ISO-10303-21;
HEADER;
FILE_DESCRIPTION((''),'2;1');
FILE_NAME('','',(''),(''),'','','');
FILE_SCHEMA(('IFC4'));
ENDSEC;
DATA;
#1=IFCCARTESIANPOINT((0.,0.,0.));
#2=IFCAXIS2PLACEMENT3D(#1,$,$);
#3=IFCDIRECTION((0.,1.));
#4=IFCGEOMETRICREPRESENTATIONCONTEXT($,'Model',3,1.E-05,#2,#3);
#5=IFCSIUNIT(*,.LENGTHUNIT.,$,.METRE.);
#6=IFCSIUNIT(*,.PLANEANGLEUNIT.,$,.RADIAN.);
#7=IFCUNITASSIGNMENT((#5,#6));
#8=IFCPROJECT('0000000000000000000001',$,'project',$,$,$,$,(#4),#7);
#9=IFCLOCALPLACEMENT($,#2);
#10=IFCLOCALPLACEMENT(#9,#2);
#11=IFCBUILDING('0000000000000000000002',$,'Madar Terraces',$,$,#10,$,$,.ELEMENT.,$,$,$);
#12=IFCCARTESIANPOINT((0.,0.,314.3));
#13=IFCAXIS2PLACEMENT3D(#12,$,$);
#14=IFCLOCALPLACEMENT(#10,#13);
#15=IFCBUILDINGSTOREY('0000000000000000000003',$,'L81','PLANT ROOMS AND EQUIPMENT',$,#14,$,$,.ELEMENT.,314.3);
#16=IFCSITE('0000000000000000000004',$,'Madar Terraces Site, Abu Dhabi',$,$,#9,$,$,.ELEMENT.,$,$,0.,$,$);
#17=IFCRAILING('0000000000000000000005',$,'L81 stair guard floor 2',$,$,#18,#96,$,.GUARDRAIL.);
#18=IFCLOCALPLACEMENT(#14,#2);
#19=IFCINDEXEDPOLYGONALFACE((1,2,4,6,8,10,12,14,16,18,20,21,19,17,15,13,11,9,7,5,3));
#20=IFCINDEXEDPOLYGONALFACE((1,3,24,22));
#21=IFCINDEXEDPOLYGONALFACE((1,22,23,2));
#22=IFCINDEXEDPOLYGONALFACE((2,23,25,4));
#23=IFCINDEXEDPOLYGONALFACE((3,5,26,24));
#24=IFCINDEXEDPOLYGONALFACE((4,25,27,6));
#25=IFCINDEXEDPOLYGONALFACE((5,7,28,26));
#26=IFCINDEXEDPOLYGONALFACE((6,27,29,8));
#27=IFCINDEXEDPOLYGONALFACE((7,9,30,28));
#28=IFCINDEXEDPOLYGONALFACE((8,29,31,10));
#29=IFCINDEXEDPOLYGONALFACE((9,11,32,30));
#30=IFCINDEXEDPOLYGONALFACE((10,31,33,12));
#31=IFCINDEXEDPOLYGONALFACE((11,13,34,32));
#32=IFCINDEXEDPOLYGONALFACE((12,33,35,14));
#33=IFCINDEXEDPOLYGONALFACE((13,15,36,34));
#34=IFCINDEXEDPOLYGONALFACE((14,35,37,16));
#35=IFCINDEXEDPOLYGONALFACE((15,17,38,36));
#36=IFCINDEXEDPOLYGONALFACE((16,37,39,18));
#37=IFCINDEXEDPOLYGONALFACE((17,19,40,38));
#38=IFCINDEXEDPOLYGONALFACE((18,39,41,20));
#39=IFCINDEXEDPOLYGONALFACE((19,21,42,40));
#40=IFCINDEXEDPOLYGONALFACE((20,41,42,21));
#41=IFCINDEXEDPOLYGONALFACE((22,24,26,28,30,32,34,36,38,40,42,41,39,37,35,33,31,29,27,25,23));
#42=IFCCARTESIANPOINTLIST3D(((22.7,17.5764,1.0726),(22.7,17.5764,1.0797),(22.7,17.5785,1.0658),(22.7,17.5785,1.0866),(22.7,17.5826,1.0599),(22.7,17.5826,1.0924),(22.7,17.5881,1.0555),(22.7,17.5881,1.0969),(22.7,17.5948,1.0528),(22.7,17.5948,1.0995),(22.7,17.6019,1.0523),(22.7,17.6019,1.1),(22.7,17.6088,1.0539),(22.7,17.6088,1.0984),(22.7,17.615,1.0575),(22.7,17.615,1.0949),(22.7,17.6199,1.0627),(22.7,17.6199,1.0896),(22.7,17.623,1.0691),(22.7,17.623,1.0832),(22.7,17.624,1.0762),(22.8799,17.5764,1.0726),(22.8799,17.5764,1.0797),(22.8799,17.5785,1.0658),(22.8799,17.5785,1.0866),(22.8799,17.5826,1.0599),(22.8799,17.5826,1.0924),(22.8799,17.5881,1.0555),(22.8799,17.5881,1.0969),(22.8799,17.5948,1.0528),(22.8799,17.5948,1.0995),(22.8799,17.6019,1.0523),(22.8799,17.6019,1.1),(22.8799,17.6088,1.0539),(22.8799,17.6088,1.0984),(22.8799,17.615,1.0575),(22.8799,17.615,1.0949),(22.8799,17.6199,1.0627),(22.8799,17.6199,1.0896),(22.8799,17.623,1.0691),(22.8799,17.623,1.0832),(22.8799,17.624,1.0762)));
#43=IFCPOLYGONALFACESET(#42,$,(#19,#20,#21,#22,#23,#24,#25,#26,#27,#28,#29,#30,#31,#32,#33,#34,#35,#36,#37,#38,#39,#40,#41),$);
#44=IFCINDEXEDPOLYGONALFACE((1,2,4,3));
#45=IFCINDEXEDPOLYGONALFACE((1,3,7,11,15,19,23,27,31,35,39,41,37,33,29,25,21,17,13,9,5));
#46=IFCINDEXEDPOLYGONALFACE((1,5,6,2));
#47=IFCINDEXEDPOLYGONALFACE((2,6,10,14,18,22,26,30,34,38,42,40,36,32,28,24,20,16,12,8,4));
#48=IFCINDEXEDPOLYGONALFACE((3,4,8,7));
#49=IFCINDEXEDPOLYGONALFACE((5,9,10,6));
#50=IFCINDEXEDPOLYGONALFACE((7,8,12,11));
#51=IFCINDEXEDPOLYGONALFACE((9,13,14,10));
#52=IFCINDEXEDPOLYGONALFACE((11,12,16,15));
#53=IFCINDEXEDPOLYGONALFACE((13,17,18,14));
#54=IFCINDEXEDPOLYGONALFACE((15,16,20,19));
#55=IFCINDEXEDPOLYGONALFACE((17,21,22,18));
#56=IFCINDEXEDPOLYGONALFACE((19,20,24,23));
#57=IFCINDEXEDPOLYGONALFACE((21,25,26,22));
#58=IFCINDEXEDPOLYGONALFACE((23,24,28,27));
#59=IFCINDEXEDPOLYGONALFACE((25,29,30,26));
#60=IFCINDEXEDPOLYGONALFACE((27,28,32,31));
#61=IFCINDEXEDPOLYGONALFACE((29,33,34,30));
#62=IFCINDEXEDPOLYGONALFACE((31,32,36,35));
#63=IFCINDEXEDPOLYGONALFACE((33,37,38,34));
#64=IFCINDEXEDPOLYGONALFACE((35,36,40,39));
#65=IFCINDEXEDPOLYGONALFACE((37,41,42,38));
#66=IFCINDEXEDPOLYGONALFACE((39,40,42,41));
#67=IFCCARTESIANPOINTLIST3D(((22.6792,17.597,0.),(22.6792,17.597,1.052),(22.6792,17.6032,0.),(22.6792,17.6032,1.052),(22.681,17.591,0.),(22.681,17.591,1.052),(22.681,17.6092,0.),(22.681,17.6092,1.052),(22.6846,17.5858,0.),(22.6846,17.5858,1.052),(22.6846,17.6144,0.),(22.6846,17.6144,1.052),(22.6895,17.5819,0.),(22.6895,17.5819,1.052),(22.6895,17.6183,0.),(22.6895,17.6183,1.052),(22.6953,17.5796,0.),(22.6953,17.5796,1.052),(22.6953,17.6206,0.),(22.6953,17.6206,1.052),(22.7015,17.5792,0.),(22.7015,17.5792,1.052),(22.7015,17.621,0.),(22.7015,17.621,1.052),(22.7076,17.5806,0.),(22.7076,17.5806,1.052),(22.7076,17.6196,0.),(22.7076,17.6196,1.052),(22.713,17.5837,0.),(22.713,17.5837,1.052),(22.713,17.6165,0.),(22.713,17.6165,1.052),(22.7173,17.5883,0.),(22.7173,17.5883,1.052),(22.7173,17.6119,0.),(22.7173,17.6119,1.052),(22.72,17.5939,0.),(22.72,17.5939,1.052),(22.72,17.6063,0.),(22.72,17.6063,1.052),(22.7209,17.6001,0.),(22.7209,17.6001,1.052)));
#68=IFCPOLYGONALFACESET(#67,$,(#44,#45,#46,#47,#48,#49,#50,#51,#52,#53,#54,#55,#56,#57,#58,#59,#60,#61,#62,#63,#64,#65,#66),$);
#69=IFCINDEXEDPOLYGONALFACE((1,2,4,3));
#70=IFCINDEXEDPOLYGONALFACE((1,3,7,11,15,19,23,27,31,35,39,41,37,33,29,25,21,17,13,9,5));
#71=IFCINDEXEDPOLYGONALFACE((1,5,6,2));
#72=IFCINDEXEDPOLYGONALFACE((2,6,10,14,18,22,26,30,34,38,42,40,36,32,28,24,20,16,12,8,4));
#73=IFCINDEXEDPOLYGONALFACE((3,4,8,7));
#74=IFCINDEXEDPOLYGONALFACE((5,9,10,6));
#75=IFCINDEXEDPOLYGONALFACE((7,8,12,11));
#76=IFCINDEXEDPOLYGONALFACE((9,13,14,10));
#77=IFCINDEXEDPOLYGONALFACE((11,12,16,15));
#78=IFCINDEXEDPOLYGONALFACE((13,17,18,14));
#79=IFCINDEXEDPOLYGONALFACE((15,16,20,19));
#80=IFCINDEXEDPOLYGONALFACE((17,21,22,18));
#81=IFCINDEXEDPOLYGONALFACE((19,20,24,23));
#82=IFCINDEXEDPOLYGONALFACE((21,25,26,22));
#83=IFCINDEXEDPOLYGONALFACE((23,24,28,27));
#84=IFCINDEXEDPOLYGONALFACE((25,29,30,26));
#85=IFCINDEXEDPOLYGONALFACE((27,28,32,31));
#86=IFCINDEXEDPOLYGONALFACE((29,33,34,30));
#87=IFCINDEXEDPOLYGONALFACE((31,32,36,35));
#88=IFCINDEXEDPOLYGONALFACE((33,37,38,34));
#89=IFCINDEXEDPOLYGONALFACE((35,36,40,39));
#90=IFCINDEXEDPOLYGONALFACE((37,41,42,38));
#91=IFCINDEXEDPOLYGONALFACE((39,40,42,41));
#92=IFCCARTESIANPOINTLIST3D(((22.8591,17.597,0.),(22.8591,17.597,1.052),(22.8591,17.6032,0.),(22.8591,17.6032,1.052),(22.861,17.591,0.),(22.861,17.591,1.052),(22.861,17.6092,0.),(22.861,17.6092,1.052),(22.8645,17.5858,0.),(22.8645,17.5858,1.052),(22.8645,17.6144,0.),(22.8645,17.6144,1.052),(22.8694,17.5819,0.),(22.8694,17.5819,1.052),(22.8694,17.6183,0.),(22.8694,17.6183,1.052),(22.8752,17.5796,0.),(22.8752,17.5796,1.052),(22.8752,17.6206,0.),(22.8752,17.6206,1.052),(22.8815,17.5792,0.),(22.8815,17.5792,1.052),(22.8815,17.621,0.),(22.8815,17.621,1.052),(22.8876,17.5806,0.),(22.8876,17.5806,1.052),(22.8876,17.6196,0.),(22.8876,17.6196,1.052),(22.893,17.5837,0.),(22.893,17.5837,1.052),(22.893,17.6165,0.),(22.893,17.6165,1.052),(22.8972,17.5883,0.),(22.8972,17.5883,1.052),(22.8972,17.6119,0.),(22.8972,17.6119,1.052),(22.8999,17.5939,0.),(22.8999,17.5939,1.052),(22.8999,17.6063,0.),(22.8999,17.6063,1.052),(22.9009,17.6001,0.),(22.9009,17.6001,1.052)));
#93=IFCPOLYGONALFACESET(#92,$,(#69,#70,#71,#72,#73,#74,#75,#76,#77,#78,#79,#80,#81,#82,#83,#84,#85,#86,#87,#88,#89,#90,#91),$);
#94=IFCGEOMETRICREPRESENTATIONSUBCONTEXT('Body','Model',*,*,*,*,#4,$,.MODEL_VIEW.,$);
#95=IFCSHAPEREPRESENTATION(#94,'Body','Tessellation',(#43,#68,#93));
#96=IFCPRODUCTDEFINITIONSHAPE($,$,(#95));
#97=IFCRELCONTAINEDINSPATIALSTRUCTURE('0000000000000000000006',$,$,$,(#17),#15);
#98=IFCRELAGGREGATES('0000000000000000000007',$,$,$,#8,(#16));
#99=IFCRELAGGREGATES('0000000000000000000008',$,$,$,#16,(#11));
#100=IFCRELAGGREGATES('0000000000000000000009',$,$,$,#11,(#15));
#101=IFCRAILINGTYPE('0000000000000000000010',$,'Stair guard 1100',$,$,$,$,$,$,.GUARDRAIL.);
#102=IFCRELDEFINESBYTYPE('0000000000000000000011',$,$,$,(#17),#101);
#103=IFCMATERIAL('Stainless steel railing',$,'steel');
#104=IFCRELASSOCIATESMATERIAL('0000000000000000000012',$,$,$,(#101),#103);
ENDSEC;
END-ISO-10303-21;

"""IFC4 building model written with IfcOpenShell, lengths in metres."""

from ifc_helpers import new_model, si_unit, direction, frame, origin, origin_2d, place, context, subcontext, project, spatial, circle, extrude, material, type_object, element, save


model = new_model("IFC4")

# Units and contexts
model_context = context("Model", 3, precision=1e-05, world=origin(), true_north=direction((0.0, 1.0)))
body_context = subcontext(model_context, "Body", "Model", "MODEL_VIEW")
ifc_project = project(units=[si_unit("LENGTHUNIT", "METRE"), si_unit("PLANEANGLEUNIT", "RADIAN")], contexts=[model_context])

# Site, building, storey
site_placement = place(None, origin())
site = spatial("IfcSite", under=ifc_project, at=site_placement, Name="Madar Terraces Site, Abu Dhabi", CompositionType="ELEMENT", RefElevation=0.0)
building_placement = place(site_placement, origin())
building = spatial("IfcBuilding", under=site, at=building_placement, Name="Madar Terraces", CompositionType="ELEMENT")
storey_placement = place(building_placement, frame((0.0, 0.0, 314.3)))
storey = spatial("IfcBuildingStorey", under=building, at=storey_placement, Name="L81", Description="PLANT ROOMS AND EQUIPMENT", CompositionType="ELEMENT", Elevation=314.3)

# Railing
ifc_material_1 = material(Name="Stainless steel railing", Category="steel")
railing_type_1 = type_object("IfcRailingType", Name="Stair guard 1100", PredefinedType="GUARDRAIL", material=ifc_material_1)
for number, where, name in (
    (1, (22.7, 17.6001, 0.0), "L81 stair guard floor 2"),
):
    element("IfcRailing", number, at=place(storey_placement, frame(where)), inside=storey, type_object=railing_type_1, Name=name, PredefinedType="GUARDRAIL", context=body_context, shape_type="SweptSolid", body=[
        extrude(circle(Radius=0.0239, at=origin_2d()), frame((0.0, 0.0, 1.0762), z_axis=(1.0, 0.0, 0.0), x_axis=(0.0, 1.0, 0.0)), (0.0, 0.0, 1.0), 0.1799),
        extrude(circle(Radius=0.021, at=origin_2d()), origin(), (0.0, 0.0, 1.0), 1.052),
        extrude(circle(Radius=0.021, at=origin_2d()), frame((0.1799, 0.0, 0.0)), (0.0, 0.0, 1.0), 1.052),
    ])

save(model, "model.ifc")
